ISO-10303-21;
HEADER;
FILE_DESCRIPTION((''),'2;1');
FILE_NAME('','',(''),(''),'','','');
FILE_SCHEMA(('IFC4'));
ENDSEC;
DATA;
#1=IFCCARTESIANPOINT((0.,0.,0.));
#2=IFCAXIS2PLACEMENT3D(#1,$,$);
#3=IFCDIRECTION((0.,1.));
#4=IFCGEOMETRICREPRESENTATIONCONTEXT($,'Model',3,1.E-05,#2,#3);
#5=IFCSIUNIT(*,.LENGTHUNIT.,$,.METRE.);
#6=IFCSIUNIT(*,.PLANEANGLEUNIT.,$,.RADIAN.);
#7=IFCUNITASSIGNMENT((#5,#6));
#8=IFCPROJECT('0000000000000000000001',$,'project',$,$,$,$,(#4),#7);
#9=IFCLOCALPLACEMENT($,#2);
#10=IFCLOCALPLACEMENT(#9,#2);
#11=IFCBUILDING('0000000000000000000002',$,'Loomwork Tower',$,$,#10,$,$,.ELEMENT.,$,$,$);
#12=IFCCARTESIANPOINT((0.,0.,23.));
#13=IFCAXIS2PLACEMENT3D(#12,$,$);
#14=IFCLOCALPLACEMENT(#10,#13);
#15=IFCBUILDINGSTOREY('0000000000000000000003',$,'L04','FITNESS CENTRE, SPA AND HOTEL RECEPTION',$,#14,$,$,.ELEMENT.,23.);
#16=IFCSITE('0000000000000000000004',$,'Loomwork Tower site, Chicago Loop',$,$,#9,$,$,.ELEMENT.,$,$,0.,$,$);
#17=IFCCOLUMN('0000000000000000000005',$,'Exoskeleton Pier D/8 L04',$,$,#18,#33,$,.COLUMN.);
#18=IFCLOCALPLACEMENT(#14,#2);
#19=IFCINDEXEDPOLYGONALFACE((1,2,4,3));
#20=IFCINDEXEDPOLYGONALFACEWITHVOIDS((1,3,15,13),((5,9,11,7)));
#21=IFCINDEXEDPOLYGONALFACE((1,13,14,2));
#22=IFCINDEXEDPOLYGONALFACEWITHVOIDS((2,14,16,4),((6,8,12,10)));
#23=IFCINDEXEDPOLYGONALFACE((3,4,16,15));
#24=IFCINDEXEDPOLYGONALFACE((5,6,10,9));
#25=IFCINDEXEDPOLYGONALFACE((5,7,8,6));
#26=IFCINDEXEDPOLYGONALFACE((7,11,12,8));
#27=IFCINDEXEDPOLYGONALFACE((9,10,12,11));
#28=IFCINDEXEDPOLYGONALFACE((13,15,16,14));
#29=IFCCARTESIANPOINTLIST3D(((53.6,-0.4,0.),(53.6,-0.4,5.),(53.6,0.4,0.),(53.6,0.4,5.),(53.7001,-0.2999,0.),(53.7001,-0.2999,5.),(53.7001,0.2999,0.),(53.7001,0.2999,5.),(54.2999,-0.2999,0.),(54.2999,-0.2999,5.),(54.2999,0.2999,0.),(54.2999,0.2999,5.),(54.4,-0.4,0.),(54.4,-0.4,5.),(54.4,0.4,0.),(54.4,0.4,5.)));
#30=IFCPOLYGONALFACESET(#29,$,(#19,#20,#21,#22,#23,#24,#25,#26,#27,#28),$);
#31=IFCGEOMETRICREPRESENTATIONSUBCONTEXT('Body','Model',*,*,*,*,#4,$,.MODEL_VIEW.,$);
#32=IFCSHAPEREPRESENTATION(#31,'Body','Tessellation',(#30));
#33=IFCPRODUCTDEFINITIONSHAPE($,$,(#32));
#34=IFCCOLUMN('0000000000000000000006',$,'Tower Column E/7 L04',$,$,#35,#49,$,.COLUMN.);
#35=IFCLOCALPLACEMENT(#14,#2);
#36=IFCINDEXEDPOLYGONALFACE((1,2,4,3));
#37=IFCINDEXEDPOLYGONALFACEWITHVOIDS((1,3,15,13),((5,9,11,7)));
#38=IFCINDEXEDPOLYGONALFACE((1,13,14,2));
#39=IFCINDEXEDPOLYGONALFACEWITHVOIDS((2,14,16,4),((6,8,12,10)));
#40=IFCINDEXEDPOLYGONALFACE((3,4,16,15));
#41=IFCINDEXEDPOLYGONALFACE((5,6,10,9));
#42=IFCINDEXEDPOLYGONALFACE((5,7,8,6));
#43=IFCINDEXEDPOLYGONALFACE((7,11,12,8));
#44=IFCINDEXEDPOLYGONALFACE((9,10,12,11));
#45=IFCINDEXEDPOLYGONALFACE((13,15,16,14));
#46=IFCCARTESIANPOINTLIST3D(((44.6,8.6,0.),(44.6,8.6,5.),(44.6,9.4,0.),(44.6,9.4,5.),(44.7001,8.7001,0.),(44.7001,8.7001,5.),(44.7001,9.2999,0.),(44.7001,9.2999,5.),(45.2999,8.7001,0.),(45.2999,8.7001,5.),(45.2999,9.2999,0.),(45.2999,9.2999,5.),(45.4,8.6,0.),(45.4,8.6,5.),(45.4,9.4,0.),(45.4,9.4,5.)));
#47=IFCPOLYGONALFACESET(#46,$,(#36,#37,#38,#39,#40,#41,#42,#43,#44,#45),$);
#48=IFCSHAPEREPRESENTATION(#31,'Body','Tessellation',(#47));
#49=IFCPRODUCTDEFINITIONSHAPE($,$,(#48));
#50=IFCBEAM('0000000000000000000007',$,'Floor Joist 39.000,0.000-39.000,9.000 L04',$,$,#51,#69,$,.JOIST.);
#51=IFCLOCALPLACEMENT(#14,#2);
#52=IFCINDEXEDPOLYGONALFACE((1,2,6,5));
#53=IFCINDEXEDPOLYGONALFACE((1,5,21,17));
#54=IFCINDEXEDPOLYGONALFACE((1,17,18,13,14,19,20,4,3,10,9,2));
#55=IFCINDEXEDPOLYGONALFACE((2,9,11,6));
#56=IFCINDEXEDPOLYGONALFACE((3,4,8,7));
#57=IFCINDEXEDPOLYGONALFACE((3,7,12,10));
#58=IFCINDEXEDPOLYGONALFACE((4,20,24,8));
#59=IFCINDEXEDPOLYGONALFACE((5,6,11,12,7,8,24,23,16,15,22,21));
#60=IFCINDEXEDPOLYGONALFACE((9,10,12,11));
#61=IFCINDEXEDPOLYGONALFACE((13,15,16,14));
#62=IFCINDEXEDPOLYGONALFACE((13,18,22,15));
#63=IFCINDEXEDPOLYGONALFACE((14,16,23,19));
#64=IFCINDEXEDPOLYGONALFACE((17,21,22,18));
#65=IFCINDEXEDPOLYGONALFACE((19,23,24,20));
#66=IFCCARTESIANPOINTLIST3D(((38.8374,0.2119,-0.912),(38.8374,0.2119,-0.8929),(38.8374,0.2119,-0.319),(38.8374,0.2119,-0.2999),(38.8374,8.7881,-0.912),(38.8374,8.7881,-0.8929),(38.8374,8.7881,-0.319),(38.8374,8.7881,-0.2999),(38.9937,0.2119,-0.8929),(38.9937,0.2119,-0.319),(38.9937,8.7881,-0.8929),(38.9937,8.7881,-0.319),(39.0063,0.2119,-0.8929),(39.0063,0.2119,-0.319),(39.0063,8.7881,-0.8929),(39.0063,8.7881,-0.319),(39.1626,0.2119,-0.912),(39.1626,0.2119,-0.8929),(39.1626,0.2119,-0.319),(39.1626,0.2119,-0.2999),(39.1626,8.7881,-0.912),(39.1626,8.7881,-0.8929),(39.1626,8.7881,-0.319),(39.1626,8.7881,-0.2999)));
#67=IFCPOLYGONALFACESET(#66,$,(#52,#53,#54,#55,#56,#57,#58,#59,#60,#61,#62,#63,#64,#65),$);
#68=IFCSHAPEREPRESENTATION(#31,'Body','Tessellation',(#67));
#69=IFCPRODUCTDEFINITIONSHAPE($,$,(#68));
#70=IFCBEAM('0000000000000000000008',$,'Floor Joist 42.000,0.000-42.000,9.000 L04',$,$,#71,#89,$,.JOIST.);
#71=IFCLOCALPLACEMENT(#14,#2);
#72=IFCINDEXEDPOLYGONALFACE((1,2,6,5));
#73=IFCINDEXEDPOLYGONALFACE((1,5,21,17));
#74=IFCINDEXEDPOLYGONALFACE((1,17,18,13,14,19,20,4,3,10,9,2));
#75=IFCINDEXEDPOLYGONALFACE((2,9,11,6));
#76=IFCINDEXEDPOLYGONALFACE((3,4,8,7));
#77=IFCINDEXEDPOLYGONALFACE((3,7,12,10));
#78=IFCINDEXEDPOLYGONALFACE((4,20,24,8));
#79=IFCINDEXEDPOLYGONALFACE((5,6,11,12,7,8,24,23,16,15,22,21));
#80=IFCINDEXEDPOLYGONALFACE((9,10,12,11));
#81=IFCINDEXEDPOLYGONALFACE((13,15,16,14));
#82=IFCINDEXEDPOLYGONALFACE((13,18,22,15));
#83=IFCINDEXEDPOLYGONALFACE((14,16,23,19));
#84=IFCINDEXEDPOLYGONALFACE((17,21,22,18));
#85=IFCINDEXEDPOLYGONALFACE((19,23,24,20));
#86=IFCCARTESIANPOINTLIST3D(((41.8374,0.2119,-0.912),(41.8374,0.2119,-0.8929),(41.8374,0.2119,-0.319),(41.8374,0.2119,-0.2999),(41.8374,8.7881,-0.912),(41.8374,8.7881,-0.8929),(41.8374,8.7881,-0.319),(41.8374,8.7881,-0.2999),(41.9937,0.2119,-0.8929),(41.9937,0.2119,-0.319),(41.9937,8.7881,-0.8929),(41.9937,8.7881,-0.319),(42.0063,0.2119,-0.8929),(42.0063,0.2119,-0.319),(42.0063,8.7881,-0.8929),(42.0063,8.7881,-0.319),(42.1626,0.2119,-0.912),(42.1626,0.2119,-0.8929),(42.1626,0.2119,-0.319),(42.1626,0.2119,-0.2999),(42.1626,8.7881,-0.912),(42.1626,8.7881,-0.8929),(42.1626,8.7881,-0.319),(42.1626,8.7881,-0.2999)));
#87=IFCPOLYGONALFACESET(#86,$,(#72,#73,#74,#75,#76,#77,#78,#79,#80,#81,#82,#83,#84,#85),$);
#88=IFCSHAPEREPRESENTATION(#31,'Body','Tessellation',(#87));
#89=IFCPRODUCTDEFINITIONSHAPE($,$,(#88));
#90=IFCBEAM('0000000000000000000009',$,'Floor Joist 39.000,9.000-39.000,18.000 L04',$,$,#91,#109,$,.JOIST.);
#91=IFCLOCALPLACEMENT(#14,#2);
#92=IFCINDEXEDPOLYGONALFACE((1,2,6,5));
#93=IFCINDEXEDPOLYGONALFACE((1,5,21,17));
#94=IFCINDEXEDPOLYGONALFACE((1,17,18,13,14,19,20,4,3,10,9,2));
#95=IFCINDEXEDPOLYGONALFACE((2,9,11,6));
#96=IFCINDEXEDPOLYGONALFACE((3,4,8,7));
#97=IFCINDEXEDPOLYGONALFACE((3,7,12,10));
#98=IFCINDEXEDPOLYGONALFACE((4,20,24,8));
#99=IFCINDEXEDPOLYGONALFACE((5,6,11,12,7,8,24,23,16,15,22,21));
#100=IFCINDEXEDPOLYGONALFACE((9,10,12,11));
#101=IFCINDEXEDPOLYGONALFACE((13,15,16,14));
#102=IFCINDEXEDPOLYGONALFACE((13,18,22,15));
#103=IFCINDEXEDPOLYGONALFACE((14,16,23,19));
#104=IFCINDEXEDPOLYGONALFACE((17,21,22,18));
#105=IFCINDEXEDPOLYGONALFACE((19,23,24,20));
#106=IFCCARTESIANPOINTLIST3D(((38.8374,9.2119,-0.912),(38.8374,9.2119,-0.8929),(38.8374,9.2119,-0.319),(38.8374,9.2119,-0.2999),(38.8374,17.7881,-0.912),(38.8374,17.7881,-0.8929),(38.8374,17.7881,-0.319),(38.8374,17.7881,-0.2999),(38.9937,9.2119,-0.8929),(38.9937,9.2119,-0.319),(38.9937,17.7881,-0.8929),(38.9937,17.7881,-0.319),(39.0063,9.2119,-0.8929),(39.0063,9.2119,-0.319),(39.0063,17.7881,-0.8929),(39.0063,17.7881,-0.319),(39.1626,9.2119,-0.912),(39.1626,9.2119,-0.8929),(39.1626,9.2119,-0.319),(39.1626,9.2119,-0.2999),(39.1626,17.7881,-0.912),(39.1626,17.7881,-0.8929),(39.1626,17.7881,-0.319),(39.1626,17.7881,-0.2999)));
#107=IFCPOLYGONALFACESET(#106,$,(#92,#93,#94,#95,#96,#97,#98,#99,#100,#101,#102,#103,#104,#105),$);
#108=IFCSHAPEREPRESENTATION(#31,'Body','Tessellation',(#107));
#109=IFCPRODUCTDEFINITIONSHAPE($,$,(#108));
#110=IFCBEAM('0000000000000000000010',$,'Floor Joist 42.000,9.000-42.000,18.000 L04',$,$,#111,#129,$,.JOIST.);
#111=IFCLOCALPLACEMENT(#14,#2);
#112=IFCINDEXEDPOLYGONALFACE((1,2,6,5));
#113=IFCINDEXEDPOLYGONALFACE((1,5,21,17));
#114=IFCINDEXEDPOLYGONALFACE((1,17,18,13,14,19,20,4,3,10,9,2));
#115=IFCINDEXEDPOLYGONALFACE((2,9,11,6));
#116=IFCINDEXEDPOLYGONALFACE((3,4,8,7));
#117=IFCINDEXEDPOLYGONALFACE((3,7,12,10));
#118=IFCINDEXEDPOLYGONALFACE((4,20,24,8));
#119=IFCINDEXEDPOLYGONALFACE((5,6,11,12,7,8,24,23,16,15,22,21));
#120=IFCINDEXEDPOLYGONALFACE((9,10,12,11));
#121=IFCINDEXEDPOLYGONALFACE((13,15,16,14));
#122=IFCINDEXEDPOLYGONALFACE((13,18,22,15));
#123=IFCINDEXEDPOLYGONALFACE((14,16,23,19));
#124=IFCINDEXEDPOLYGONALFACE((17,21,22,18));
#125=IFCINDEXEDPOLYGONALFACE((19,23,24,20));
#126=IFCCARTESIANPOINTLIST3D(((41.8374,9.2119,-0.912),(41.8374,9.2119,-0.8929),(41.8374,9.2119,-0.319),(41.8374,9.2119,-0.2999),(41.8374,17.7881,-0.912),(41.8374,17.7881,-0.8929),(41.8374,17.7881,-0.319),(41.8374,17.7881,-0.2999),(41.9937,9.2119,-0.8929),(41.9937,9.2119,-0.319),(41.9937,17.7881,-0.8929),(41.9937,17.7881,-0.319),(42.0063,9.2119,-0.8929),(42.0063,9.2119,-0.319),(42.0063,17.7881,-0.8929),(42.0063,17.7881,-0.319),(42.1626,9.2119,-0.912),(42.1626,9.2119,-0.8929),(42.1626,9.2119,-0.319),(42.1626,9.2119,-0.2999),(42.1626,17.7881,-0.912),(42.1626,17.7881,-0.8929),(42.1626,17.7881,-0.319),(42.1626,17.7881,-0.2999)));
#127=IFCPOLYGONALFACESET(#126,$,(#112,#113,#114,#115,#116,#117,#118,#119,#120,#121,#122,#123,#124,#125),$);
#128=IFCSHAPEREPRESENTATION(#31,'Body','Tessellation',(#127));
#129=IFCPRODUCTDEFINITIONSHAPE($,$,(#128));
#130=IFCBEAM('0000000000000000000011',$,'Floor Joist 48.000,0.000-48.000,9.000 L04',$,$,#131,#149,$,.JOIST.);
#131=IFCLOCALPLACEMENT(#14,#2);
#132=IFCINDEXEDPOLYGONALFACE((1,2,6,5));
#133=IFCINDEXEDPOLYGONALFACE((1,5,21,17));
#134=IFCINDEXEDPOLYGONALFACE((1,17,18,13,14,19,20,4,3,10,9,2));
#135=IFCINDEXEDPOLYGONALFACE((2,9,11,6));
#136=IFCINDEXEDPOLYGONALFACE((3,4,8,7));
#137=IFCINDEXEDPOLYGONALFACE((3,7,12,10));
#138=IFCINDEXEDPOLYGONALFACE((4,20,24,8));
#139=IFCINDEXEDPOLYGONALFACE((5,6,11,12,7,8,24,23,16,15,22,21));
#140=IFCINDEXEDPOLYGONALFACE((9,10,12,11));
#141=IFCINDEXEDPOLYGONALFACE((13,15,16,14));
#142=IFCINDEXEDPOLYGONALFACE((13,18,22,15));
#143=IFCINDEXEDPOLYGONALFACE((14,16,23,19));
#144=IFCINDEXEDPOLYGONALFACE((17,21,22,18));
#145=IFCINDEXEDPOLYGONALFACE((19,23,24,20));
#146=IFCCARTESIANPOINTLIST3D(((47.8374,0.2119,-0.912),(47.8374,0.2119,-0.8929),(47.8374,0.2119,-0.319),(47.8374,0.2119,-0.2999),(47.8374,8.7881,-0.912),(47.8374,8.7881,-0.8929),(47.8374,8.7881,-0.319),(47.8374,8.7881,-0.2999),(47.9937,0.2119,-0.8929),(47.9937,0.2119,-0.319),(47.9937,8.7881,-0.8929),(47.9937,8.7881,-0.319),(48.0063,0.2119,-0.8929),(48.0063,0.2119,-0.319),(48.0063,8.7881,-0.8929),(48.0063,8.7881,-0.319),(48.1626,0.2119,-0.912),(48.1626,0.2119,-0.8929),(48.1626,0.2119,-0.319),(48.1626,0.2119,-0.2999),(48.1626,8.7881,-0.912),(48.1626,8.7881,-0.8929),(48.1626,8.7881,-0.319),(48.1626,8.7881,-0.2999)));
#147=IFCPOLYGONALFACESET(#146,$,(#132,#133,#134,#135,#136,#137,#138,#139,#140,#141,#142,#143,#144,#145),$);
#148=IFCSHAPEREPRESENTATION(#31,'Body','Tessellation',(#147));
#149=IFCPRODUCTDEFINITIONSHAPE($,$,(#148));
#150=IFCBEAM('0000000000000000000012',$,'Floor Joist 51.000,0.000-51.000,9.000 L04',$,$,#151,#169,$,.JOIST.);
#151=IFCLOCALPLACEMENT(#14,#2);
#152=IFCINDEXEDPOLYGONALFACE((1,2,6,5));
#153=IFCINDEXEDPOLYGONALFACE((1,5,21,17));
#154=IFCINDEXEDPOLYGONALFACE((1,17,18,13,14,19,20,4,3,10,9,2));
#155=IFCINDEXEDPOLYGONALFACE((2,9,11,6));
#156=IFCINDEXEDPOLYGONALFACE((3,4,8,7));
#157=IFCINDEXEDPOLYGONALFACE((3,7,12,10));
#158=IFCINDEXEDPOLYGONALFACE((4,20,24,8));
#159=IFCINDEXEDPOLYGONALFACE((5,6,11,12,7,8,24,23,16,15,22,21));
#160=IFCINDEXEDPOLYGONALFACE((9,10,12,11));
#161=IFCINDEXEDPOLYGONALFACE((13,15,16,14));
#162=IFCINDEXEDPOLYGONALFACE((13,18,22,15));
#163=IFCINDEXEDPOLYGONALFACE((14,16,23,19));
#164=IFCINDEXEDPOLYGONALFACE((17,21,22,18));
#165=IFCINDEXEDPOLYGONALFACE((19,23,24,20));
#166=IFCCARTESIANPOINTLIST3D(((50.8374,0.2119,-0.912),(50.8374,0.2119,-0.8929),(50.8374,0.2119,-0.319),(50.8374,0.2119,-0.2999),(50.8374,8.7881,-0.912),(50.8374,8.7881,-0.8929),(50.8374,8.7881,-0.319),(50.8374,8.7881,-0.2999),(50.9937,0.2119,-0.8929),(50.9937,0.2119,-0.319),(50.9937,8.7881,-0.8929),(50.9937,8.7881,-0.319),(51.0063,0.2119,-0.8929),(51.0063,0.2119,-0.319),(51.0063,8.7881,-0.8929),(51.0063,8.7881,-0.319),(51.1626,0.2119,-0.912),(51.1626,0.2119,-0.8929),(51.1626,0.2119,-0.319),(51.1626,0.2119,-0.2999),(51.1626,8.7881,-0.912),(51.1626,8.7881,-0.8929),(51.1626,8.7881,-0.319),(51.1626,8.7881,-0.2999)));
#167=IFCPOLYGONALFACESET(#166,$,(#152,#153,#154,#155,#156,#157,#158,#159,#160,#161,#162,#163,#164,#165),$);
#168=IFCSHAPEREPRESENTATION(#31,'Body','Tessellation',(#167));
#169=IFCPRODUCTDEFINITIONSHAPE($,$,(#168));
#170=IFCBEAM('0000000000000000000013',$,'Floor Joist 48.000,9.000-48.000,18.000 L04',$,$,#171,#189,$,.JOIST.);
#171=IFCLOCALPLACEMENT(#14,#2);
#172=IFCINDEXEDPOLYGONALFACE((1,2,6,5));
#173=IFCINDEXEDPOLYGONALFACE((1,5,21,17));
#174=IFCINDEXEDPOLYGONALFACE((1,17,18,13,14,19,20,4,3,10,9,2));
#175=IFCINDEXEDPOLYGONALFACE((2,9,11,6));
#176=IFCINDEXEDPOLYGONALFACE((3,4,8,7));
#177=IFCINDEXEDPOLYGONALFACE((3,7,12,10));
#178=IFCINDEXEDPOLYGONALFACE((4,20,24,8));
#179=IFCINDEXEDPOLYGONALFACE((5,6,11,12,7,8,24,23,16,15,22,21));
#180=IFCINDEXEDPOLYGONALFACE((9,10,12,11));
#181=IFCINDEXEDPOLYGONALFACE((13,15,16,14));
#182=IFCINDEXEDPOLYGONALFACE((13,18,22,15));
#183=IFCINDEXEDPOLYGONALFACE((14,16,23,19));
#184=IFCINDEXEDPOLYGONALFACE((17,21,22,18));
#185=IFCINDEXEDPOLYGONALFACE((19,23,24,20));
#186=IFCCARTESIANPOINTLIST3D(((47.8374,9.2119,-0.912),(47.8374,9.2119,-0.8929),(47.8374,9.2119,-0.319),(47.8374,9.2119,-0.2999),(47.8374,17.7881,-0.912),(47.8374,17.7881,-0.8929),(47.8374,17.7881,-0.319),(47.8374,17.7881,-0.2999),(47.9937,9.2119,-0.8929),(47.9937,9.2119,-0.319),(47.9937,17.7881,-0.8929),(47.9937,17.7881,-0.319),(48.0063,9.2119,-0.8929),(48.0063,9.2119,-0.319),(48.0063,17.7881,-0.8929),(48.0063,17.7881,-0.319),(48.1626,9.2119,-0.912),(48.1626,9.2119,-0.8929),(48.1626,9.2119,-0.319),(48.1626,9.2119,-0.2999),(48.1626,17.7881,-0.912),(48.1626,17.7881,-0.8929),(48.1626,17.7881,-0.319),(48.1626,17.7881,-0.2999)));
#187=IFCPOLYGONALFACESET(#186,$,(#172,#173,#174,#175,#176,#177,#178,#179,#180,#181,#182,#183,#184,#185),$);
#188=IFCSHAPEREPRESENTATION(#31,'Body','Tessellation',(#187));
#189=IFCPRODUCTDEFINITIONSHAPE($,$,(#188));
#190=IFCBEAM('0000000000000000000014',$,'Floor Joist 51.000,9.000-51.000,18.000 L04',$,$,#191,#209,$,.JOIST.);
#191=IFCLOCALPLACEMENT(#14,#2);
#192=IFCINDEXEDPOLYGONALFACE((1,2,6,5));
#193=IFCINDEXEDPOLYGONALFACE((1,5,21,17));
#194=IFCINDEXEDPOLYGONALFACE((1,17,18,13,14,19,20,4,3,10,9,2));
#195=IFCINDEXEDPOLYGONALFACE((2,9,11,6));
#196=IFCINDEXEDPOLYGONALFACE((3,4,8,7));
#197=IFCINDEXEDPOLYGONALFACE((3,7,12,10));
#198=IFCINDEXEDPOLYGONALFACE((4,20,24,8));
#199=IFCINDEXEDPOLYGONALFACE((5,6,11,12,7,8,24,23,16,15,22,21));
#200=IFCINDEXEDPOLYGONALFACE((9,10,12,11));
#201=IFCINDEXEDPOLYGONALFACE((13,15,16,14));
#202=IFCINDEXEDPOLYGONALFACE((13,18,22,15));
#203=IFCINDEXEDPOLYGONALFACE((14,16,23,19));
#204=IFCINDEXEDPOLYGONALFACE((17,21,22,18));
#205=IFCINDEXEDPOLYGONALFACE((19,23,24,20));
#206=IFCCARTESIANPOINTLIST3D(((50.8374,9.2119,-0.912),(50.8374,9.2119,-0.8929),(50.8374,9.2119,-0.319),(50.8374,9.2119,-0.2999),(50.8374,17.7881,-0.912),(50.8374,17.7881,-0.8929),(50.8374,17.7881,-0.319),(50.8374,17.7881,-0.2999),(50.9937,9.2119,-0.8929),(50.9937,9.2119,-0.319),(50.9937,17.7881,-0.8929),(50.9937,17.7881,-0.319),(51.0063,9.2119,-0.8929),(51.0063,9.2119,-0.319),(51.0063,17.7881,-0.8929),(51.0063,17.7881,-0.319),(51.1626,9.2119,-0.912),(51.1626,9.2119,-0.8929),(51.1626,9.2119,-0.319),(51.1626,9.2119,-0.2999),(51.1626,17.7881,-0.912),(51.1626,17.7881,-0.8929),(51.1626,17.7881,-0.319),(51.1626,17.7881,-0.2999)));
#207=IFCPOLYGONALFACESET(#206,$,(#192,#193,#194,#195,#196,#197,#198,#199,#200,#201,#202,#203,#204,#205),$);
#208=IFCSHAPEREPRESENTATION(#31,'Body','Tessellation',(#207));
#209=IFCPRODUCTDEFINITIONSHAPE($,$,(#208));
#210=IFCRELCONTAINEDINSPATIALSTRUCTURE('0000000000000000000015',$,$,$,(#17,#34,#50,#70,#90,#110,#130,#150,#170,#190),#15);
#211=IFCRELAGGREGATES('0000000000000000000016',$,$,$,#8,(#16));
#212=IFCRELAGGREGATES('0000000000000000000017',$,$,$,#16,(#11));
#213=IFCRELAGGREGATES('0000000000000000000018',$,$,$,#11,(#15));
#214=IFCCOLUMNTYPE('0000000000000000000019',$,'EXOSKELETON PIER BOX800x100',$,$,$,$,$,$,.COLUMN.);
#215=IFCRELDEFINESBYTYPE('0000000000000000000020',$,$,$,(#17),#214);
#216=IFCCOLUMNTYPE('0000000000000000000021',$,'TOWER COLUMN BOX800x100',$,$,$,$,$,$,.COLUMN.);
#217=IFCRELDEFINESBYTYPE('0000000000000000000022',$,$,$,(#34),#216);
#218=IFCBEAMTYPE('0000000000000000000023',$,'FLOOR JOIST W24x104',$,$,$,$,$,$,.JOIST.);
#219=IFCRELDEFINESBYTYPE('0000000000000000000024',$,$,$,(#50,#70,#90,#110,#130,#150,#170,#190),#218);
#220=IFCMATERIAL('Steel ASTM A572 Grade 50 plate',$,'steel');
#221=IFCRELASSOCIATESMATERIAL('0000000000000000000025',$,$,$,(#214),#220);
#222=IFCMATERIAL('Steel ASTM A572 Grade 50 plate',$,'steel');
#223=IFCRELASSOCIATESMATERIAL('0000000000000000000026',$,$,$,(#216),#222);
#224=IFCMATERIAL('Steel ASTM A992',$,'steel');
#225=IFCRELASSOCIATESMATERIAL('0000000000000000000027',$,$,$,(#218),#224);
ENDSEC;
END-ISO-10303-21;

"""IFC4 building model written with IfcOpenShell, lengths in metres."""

from ifc_helpers import new_model, si_unit, direction, frame, origin, origin_2d, place, context, subcontext, project, spatial, hollow_rectangle, i_section, extrude, material, material_profile, profile_set, type_object, element, save


model = new_model("IFC4")

# Units and contexts
model_context = context("Model", 3, precision=1e-05, world=origin(), true_north=direction((0.0, 1.0)))
body_context = subcontext(model_context, "Body", "Model", "MODEL_VIEW")
ifc_project = project(units=[si_unit("LENGTHUNIT", "METRE"), si_unit("PLANEANGLEUNIT", "RADIAN")], contexts=[model_context])

# Site, building, storey
site_placement = place(None, origin())
site = spatial("IfcSite", under=ifc_project, at=site_placement, Name="Loomwork Tower site, Chicago Loop", CompositionType="ELEMENT", RefElevation=0.0)
building_placement = place(site_placement, origin())
building = spatial("IfcBuilding", under=site, at=building_placement, Name="Loomwork Tower", CompositionType="ELEMENT")
storey_placement = place(building_placement, frame((0.0, 0.0, 23.0)))
storey = spatial("IfcBuildingStorey", under=building, at=storey_placement, Name="L04", Description="FITNESS CENTRE, SPA AND HOTEL RECEPTION", CompositionType="ELEMENT", Elevation=23.0)

# Columns
ifc_material_1 = material(Name="Steel ASTM A572 Grade 50 plate", Category="steel")
ifc_material_profile_1 = material_profile(ifc_material_1, hollow_rectangle(XDim=0.8, YDim=0.8, WallThickness=0.1001, at=origin_2d()), Name="BOX800x100")
ifc_profile_set_1 = profile_set([ifc_material_profile_1], Name="Steel ASTM A572 Grade 50 plate")
column_type_1 = type_object("IfcColumnType", Name="EXOSKELETON PIER BOX800x100", PredefinedType="COLUMN", material=ifc_profile_set_1)
column_1_placement = place(storey_placement, frame((54.0, 0.0, 0.0), z_axis=(0.0, 0.0, 1.0), x_axis=(1.0, 0.0, 0.0)))
element("IfcColumn", 1, at=column_1_placement, inside=storey, type_object=column_type_1, Name="Exoskeleton Pier D/8 L04", PredefinedType="COLUMN", context=body_context, shape_type="SweptSolid", body=[
    extrude(hollow_rectangle(XDim=0.8, YDim=0.8, WallThickness=0.1001, at=origin_2d()), origin(), (0.0, 0.0, 1.0), 5.0),
])
ifc_material_2 = material(Name="Steel ASTM A572 Grade 50 plate", Category="steel")
ifc_material_profile_2 = material_profile(ifc_material_2, hollow_rectangle(XDim=0.8, YDim=0.8, WallThickness=0.1001, at=origin_2d()), Name="BOX800x100")
ifc_profile_set_2 = profile_set([ifc_material_profile_2], Name="Steel ASTM A572 Grade 50 plate")
column_type_2 = type_object("IfcColumnType", Name="TOWER COLUMN BOX800x100", PredefinedType="COLUMN", material=ifc_profile_set_2)
column_2_placement = place(storey_placement, frame((45.0, 9.0, 0.0), z_axis=(0.0, 0.0, 1.0), x_axis=(0.0, 1.0, 0.0)))
element("IfcColumn", 2, at=column_2_placement, inside=storey, type_object=column_type_2, Name="Tower Column E/7 L04", PredefinedType="COLUMN", context=body_context, shape_type="SweptSolid", body=[
    extrude(hollow_rectangle(XDim=0.8, YDim=0.8, WallThickness=0.1001, at=origin_2d()), origin(), (0.0, 0.0, 1.0), 5.0),
])

# Beams
ifc_material_3 = material(Name="Steel ASTM A992", Category="steel")
ifc_material_profile_3 = material_profile(ifc_material_3, i_section(OverallWidth=0.3252, OverallDepth=0.6121, WebThickness=0.0127, FlangeThickness=0.019, at=origin_2d()), Name="W24x104")
ifc_profile_set_3 = profile_set([ifc_material_profile_3], Name="Steel ASTM A992")
beam_type_1 = type_object("IfcBeamType", Name="FLOOR JOIST W24x104", PredefinedType="JOIST", material=ifc_profile_set_3)
for number, where, z_axis, x_axis, name in (
    (3, (39.0, 0.2119, -0.606), (0.0, 1.0, 0.0), (-1.0, 0.0, 0.0), "Floor Joist 39.000,0.000-39.000,9.000 L04"),
    (4, (42.0, 0.2119, -0.606), (0.0, 1.0, 0.0), (-1.0, 0.0, 0.0), "Floor Joist 42.000,0.000-42.000,9.000 L04"),
    (5, (39.0, 9.2119, -0.606), (0.0, 1.0, 0.0), (-1.0, 0.0, 0.0), "Floor Joist 39.000,9.000-39.000,18.000 L04"),
    (6, (42.0, 9.2119, -0.606), (0.0, 1.0, 0.0), (-1.0, 0.0, 0.0), "Floor Joist 42.000,9.000-42.000,18.000 L04"),
    (7, (48.0, 0.2119, -0.606), (0.0, 1.0, 0.0), (-1.0, 0.0, 0.0), "Floor Joist 48.000,0.000-48.000,9.000 L04"),
    (8, (51.0, 0.2119, -0.606), (0.0, 1.0, 0.0), (-1.0, 0.0, 0.0), "Floor Joist 51.000,0.000-51.000,9.000 L04"),
    (9, (48.0, 9.2119, -0.606), (0.0, 1.0, 0.0), (-1.0, 0.0, 0.0), "Floor Joist 48.000,9.000-48.000,18.000 L04"),
    (10, (51.0, 9.2119, -0.606), (0.0, 1.0, 0.0), (-1.0, 0.0, 0.0), "Floor Joist 51.000,9.000-51.000,18.000 L04"),
):
    element("IfcBeam", number, at=place(storey_placement, frame(where, z_axis=z_axis, x_axis=x_axis)), inside=storey, type_object=beam_type_1, Name=name, PredefinedType="JOIST", context=body_context, shape_type="SweptSolid", body=[
        extrude(i_section(OverallWidth=0.3252, OverallDepth=0.6121, WebThickness=0.0127, FlangeThickness=0.019, at=origin_2d()), origin(), (0.0, 0.0, 1.0), 8.5762),
    ])

save(model, "model.ifc")
